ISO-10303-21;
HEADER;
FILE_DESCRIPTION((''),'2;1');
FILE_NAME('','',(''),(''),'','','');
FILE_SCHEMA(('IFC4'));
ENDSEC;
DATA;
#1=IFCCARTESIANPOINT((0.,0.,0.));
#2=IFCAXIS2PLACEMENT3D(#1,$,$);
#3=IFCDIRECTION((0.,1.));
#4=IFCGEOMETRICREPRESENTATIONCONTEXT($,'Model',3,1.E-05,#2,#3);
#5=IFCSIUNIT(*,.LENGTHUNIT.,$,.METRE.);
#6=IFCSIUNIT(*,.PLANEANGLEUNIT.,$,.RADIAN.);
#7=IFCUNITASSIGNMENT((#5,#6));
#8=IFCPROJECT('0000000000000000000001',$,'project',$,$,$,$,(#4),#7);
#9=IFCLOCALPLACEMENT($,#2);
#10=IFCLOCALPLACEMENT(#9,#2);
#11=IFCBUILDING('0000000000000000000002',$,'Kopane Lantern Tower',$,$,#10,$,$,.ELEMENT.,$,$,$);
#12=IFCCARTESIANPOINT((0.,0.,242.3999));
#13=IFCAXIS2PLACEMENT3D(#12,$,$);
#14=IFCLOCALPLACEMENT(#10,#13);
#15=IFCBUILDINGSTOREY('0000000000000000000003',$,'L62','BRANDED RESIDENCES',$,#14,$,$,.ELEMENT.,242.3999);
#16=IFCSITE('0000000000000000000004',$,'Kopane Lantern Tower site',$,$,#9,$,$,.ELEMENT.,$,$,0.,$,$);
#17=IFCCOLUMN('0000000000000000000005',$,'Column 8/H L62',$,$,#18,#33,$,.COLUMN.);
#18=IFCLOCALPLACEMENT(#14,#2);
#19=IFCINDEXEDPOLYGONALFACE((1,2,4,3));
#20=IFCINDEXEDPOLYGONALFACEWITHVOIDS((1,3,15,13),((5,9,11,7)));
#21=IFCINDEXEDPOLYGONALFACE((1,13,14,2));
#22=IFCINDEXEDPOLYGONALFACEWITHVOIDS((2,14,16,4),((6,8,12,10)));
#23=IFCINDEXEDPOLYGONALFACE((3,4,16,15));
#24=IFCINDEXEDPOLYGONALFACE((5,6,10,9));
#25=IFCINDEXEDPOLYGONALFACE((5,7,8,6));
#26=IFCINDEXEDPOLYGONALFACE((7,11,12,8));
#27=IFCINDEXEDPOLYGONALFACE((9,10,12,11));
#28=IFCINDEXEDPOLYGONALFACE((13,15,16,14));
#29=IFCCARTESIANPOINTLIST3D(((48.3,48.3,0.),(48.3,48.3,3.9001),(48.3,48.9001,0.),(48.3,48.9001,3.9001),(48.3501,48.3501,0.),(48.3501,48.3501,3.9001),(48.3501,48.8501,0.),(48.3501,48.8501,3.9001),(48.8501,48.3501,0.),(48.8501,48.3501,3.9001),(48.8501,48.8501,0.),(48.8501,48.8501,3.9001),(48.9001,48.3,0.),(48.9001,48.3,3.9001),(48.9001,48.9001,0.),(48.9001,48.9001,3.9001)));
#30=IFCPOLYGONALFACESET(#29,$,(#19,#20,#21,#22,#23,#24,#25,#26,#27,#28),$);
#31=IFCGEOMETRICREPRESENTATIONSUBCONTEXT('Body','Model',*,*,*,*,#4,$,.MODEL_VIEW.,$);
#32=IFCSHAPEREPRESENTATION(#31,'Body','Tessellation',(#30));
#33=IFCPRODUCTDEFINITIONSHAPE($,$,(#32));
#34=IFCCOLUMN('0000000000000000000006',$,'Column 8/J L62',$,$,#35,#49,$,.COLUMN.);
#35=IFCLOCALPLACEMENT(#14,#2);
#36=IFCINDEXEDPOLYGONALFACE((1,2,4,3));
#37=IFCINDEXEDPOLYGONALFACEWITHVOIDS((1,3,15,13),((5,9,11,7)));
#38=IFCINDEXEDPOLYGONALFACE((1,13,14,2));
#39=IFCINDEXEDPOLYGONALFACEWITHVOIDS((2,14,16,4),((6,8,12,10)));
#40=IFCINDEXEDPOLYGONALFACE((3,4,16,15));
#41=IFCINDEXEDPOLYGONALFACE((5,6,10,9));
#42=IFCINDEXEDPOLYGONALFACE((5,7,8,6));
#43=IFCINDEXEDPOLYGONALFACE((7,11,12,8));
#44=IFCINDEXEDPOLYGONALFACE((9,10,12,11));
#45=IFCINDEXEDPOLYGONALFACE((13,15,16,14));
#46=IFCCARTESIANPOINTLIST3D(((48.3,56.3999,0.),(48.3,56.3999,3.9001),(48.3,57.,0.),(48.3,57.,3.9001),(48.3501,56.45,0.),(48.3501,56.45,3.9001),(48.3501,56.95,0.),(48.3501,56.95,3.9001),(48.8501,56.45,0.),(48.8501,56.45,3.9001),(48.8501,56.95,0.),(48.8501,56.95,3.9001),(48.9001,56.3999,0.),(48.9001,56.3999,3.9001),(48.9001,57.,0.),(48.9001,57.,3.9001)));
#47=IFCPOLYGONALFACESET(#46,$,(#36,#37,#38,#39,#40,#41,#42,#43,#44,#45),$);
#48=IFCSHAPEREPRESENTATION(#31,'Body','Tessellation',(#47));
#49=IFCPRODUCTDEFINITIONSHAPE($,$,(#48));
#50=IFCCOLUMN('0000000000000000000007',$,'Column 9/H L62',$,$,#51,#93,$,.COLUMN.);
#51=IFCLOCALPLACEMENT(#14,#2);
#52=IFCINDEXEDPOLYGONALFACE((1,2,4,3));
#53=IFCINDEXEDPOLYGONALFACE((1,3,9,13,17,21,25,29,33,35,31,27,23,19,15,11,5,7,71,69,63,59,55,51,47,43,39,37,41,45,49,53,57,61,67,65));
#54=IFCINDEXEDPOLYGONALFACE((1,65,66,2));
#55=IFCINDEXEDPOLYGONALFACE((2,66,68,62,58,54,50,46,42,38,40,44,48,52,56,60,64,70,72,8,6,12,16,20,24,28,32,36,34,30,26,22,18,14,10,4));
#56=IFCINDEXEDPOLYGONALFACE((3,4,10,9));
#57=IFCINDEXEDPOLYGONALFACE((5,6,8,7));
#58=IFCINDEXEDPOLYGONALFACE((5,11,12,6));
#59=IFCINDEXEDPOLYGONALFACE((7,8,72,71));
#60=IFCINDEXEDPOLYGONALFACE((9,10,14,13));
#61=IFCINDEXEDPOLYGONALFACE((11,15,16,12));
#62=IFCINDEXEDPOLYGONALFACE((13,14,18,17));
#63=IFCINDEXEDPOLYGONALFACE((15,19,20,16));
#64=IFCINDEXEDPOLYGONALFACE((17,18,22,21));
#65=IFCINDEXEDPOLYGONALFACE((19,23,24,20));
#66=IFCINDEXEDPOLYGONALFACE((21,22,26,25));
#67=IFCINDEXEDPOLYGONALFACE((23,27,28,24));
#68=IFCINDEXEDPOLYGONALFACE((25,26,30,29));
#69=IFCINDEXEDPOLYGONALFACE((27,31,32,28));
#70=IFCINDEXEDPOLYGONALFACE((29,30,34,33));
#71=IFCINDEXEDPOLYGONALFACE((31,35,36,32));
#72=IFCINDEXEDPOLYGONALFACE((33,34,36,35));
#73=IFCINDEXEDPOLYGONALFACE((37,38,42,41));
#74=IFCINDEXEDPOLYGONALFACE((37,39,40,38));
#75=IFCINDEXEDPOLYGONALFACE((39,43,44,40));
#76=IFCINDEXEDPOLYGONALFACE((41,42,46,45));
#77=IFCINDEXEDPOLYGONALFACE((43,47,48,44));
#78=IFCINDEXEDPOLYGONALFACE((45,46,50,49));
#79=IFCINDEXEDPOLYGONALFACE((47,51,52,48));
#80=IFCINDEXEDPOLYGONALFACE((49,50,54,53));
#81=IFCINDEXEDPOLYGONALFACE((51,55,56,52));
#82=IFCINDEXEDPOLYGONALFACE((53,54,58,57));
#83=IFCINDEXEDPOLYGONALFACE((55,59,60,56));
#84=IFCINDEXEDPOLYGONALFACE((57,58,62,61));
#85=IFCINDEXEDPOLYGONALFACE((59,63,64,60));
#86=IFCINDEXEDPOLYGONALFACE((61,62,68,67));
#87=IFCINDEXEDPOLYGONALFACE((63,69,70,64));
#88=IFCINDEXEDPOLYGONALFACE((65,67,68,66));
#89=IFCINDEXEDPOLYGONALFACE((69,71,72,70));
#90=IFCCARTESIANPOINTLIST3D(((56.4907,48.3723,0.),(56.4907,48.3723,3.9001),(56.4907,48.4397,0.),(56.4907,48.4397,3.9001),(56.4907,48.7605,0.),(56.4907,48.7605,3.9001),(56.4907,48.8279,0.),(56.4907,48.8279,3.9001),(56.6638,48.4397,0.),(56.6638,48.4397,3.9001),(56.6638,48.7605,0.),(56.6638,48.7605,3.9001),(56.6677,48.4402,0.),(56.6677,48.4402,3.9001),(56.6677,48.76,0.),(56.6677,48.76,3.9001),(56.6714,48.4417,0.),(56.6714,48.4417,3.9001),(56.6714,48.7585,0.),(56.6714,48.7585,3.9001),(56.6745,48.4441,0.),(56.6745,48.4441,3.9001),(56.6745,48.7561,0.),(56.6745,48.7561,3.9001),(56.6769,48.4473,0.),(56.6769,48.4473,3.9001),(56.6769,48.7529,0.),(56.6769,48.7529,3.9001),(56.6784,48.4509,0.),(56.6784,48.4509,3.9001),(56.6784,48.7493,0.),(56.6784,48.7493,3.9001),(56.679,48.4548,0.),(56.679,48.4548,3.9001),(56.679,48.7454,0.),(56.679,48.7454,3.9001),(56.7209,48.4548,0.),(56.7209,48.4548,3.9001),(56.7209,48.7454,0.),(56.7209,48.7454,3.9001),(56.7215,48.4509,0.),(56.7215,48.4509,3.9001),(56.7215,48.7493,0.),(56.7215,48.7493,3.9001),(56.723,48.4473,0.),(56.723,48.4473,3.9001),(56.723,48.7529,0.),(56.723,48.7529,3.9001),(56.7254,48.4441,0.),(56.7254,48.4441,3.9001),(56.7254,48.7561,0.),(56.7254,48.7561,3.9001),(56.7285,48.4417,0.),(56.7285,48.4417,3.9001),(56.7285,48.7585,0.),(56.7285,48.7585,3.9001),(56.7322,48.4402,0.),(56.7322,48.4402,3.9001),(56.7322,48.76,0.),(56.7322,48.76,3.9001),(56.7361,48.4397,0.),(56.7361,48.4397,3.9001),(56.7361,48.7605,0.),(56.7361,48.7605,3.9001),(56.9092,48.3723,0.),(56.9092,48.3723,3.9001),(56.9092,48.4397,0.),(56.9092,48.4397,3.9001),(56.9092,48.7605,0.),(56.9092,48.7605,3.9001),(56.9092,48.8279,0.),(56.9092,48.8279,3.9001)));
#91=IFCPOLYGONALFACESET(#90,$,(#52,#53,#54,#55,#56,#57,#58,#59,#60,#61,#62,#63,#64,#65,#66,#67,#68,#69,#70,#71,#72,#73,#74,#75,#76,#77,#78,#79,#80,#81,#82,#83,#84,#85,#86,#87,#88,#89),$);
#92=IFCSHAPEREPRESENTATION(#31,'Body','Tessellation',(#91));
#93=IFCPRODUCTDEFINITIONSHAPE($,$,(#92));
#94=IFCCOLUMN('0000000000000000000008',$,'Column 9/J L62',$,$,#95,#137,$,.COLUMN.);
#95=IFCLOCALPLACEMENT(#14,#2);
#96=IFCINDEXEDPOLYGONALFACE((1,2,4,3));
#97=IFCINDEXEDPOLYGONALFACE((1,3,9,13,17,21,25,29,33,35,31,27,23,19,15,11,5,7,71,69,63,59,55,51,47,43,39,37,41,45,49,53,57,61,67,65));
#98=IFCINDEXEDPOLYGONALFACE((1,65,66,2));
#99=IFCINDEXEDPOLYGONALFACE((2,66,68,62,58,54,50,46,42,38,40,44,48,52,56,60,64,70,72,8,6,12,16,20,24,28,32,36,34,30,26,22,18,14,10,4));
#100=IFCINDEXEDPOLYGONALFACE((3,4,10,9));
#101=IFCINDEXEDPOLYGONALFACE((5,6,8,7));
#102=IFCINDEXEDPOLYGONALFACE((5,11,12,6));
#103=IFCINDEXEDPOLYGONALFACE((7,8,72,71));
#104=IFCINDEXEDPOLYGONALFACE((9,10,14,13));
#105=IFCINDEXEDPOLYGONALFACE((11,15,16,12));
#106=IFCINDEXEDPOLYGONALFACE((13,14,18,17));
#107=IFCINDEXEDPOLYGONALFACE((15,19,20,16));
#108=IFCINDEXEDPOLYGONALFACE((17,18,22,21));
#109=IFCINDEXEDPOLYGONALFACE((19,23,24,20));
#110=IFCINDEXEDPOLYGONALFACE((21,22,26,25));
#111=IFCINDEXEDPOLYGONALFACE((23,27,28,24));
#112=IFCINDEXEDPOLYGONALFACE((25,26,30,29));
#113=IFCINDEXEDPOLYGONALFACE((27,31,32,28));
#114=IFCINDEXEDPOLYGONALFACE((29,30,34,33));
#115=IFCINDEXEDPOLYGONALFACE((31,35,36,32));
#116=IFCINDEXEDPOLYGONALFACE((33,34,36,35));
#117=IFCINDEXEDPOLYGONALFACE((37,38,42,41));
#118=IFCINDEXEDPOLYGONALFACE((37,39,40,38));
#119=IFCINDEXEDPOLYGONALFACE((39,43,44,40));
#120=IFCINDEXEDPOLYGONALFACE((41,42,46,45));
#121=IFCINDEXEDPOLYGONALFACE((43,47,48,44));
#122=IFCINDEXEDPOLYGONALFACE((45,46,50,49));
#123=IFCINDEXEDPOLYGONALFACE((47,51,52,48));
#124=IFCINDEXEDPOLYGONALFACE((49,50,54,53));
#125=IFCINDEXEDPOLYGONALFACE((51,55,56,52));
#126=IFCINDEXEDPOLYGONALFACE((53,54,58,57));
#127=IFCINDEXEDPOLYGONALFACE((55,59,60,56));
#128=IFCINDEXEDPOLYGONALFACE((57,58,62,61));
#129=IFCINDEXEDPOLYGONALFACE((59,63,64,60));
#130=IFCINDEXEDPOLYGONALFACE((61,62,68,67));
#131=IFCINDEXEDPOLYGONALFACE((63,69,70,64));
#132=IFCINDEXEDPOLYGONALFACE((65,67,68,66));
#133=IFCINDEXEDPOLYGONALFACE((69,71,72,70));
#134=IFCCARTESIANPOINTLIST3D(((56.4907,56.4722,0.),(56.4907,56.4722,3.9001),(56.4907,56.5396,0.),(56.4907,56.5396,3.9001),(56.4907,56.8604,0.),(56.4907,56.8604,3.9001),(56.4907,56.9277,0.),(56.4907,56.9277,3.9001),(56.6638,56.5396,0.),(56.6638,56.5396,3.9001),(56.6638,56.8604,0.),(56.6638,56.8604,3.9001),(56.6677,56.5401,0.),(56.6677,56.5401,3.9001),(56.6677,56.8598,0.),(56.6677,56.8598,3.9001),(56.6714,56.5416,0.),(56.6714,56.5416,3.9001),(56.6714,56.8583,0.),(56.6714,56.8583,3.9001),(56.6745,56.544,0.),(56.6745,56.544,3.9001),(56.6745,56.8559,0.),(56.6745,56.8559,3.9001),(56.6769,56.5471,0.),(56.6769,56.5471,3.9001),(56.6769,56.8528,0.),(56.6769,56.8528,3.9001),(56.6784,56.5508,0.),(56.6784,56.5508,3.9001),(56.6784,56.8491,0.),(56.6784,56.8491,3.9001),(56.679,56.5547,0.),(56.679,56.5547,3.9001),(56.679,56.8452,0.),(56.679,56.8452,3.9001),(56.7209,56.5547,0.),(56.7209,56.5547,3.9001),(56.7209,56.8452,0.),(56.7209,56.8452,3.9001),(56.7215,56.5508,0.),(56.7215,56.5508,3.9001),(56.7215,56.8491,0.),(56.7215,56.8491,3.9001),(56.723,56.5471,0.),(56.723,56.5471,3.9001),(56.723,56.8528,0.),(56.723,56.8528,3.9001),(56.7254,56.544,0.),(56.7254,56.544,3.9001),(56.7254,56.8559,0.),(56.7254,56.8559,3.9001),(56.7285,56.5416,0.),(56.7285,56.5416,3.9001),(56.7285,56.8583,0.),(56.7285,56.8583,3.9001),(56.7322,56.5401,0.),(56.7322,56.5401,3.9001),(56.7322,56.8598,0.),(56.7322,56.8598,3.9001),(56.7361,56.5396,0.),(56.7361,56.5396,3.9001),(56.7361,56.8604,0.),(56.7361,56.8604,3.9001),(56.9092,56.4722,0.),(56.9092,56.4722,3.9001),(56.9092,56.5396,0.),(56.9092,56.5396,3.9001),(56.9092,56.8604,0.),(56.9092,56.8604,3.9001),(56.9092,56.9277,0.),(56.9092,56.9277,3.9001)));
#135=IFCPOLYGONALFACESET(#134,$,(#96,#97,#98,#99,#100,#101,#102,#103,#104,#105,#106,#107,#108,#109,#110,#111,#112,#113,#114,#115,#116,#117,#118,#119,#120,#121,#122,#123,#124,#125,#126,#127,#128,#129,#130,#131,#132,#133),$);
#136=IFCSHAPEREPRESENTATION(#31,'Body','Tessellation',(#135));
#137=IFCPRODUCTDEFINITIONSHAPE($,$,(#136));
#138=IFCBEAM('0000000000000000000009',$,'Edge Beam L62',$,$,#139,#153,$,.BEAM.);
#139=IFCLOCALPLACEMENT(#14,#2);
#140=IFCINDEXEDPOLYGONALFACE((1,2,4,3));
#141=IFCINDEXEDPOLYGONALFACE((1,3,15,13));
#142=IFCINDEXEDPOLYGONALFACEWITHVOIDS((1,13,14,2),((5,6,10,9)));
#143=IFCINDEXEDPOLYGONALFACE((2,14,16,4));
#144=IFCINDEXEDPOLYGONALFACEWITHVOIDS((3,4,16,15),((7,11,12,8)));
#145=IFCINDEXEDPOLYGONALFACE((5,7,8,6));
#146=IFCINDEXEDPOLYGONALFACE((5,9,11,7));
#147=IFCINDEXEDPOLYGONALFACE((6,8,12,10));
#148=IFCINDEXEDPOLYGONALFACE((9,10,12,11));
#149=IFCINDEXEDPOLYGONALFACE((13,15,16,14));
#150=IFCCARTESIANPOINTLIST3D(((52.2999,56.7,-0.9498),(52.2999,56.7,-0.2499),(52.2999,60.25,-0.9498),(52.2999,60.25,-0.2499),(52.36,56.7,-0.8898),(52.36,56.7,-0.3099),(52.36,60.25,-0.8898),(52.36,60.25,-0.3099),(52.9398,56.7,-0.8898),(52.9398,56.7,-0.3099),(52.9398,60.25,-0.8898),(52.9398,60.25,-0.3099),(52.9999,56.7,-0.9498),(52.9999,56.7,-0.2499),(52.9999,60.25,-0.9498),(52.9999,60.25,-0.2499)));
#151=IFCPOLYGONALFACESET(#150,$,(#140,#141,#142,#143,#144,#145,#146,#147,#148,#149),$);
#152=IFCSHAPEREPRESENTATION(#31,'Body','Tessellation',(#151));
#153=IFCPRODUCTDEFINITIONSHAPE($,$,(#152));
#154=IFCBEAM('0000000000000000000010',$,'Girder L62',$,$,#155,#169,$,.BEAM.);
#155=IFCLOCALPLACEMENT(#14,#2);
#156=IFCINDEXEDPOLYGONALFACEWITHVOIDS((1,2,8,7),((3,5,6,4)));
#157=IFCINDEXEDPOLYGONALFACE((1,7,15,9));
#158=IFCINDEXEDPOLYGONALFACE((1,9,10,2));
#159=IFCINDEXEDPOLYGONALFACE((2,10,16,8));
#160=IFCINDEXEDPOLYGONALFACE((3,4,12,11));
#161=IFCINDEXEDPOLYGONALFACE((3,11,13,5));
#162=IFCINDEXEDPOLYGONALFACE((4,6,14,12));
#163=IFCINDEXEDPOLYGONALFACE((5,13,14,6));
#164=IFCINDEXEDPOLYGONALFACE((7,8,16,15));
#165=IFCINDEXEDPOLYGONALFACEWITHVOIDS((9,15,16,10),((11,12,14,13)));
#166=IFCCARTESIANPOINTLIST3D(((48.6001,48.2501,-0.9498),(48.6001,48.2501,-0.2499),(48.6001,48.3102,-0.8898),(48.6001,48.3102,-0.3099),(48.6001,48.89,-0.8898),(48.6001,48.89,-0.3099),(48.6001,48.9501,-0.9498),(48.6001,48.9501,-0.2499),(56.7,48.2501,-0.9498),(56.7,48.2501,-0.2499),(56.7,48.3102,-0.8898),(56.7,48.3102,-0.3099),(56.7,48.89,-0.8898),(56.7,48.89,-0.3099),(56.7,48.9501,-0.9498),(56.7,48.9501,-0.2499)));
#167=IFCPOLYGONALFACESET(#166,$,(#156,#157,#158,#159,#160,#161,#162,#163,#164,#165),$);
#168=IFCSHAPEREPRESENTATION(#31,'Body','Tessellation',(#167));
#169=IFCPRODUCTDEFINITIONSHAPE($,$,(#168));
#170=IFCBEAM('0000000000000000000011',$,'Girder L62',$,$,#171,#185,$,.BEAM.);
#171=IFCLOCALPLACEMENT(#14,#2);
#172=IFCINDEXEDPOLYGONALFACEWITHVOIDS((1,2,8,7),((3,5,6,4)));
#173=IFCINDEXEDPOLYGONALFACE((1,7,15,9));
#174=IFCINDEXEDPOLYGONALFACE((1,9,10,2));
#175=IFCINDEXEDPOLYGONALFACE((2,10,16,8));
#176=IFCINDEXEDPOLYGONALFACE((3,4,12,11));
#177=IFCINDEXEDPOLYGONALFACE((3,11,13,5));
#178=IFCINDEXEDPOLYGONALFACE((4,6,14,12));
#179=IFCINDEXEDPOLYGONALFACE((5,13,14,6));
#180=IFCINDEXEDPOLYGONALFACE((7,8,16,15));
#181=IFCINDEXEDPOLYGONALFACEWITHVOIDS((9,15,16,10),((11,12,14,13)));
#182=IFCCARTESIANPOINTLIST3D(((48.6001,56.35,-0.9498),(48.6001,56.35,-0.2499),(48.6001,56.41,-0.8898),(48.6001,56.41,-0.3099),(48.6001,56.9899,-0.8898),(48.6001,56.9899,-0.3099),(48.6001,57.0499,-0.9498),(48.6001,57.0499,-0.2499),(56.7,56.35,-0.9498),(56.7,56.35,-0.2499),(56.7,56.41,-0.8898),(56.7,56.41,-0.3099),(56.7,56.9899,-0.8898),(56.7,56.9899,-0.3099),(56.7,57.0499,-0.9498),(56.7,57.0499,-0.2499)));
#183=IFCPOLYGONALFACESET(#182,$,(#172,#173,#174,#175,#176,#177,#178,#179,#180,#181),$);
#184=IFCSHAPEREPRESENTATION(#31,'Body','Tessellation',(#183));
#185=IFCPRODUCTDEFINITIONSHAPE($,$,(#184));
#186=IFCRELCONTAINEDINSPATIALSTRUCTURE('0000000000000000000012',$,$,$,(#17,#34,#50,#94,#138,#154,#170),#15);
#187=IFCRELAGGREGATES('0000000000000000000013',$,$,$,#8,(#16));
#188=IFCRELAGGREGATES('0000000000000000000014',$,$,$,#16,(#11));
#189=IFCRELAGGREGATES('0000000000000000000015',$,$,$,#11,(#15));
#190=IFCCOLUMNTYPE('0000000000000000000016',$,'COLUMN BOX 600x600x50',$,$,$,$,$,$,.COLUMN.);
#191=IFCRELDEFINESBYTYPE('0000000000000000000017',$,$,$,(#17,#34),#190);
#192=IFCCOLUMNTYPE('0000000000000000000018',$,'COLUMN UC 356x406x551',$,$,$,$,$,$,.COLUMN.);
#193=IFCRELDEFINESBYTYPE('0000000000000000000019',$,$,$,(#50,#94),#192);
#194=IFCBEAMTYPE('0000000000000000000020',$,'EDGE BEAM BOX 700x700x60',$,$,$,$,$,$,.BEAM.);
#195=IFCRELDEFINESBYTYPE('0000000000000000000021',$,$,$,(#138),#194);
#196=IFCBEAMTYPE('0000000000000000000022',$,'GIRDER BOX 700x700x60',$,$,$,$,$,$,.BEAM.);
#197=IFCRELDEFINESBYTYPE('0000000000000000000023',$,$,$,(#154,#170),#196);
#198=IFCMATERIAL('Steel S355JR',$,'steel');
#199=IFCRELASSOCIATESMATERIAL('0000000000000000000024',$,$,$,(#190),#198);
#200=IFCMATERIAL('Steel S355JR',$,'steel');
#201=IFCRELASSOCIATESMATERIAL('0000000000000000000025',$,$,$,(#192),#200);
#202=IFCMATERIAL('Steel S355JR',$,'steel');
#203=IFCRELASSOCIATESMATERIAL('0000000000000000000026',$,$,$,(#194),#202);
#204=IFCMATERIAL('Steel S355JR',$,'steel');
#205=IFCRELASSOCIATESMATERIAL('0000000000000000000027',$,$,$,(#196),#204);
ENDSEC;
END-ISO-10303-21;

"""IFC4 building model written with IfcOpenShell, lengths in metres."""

from ifc_helpers import new_model, si_unit, direction, frame, origin, origin_2d, place, context, subcontext, project, spatial, hollow_rectangle, i_section, extrude, material, material_profile, profile_set, type_object, element, save


model = new_model("IFC4")

# Units and contexts
model_context = context("Model", 3, precision=1e-05, world=origin(), true_north=direction((0.0, 1.0)))
body_context = subcontext(model_context, "Body", "Model", "MODEL_VIEW")
ifc_project = project(units=[si_unit("LENGTHUNIT", "METRE"), si_unit("PLANEANGLEUNIT", "RADIAN")], contexts=[model_context])

# Site, building, storey
site_placement = place(None, origin())
site = spatial("IfcSite", under=ifc_project, at=site_placement, Name="Kopane Lantern Tower site", CompositionType="ELEMENT", RefElevation=0.0)
building_placement = place(site_placement, origin())
building = spatial("IfcBuilding", under=site, at=building_placement, Name="Kopane Lantern Tower", CompositionType="ELEMENT")
storey_placement = place(building_placement, frame((0.0, 0.0, 242.3999)))
storey = spatial("IfcBuildingStorey", under=building, at=storey_placement, Name="L62", Description="BRANDED RESIDENCES", CompositionType="ELEMENT", Elevation=242.3999)

# Columns
ifc_material_1 = material(Name="Steel S355JR", Category="steel")
ifc_material_profile_1 = material_profile(ifc_material_1, hollow_rectangle(XDim=0.6001, YDim=0.6001, WallThickness=0.05, at=origin_2d()), Name="BOX 600x600x50")
ifc_profile_set_1 = profile_set([ifc_material_profile_1], Name="Steel S355JR")
column_type_1 = type_object("IfcColumnType", Name="COLUMN BOX 600x600x50", PredefinedType="COLUMN", material=ifc_profile_set_1)
for number, where, z_axis, x_axis, name in (
    (1, (48.6001, 48.6001, 0.0), (0.0, 0.0, 1.0), (1.0, 0.0, 0.0), "Column 8/H L62"),
    (2, (48.6001, 56.7, 0.0), (0.0, 0.0, 1.0), (1.0, 0.0, 0.0), "Column 8/J L62"),
):
    element("IfcColumn", number, at=place(storey_placement, frame(where, z_axis=z_axis, x_axis=x_axis)), inside=storey, type_object=column_type_1, Name=name, PredefinedType="COLUMN", context=body_context, shape_type="SweptSolid", body=[
        extrude(hollow_rectangle(XDim=0.6001, YDim=0.6001, WallThickness=0.05, at=origin_2d()), origin(), (0.0, 0.0, 1.0), 3.9001),
    ])
ifc_material_2 = material(Name="Steel S355JR", Category="steel")
ifc_material_profile_2 = material_profile(ifc_material_2, i_section(OverallWidth=0.4185, OverallDepth=0.4556, WebThickness=0.042, FlangeThickness=0.0674, FilletRadius=0.0151, at=origin_2d()), Name="UC 356x406x551")
ifc_profile_set_2 = profile_set([ifc_material_profile_2], Name="Steel S355JR")
column_type_2 = type_object("IfcColumnType", Name="COLUMN UC 356x406x551", PredefinedType="COLUMN", material=ifc_profile_set_2)
for number, where, z_axis, x_axis, name in (
    (3, (56.7, 48.6001, 0.0), (0.0, 0.0, 1.0), (1.0, 0.0, 0.0), "Column 9/H L62"),
    (4, (56.7, 56.7, 0.0), (0.0, 0.0, 1.0), (1.0, 0.0, 0.0), "Column 9/J L62"),
):
    element("IfcColumn", number, at=place(storey_placement, frame(where, z_axis=z_axis, x_axis=x_axis)), inside=storey, type_object=column_type_2, Name=name, PredefinedType="COLUMN", context=body_context, shape_type="SweptSolid", body=[
        extrude(i_section(OverallWidth=0.4185, OverallDepth=0.4556, WebThickness=0.042, FlangeThickness=0.0674, FilletRadius=0.0151, at=origin_2d()), origin(), (0.0, 0.0, 1.0), 3.9001),
    ])

# Beams
ifc_material_3 = material(Name="Steel S355JR", Category="steel")
ifc_material_profile_3 = material_profile(ifc_material_3, hollow_rectangle(XDim=0.7, YDim=0.7, WallThickness=0.0601, at=origin_2d()), Name="BOX 700x700x60")
ifc_profile_set_3 = profile_set([ifc_material_profile_3], Name="Steel S355JR")
beam_type_1 = type_object("IfcBeamType", Name="EDGE BEAM BOX 700x700x60", PredefinedType="BEAM", material=ifc_profile_set_3)
beam_placement = place(storey_placement, frame((52.6499, 60.25, -0.5999), z_axis=(0.0, -1.0, 0.0), x_axis=(1.0, 0.0, 0.0)))
element("IfcBeam", 5, at=beam_placement, inside=storey, type_object=beam_type_1, Name="Edge Beam L62", PredefinedType="BEAM", context=body_context, shape_type="SweptSolid", body=[
    extrude(hollow_rectangle(XDim=0.7, YDim=0.7, WallThickness=0.0601, at=origin_2d()), origin(), (0.0, 0.0, 1.0), 3.55),
])
ifc_material_4 = material(Name="Steel S355JR", Category="steel")
ifc_material_profile_4 = material_profile(ifc_material_4, hollow_rectangle(XDim=0.7, YDim=0.7, WallThickness=0.0601, at=origin_2d()), Name="BOX 700x700x60")
ifc_profile_set_4 = profile_set([ifc_material_profile_4], Name="Steel S355JR")
beam_type_2 = type_object("IfcBeamType", Name="GIRDER BOX 700x700x60", PredefinedType="BEAM", material=ifc_profile_set_4)
for number, where, z_axis, x_axis, name in (
    (6, (48.6001, 48.6001, -0.5999), (1.0, 0.0, 0.0), (0.0, 1.0, 0.0), "Girder L62"),
    (7, (48.6001, 56.7, -0.5999), (1.0, 0.0, 0.0), (0.0, 1.0, 0.0), "Girder L62"),
):
    element("IfcBeam", number, at=place(storey_placement, frame(where, z_axis=z_axis, x_axis=x_axis)), inside=storey, type_object=beam_type_2, Name=name, PredefinedType="BEAM", context=body_context, shape_type="SweptSolid", body=[
        extrude(hollow_rectangle(XDim=0.7, YDim=0.7, WallThickness=0.0601, at=origin_2d()), origin(), (0.0, 0.0, 1.0), 8.0999),
    ])

save(model, "model.ifc")
